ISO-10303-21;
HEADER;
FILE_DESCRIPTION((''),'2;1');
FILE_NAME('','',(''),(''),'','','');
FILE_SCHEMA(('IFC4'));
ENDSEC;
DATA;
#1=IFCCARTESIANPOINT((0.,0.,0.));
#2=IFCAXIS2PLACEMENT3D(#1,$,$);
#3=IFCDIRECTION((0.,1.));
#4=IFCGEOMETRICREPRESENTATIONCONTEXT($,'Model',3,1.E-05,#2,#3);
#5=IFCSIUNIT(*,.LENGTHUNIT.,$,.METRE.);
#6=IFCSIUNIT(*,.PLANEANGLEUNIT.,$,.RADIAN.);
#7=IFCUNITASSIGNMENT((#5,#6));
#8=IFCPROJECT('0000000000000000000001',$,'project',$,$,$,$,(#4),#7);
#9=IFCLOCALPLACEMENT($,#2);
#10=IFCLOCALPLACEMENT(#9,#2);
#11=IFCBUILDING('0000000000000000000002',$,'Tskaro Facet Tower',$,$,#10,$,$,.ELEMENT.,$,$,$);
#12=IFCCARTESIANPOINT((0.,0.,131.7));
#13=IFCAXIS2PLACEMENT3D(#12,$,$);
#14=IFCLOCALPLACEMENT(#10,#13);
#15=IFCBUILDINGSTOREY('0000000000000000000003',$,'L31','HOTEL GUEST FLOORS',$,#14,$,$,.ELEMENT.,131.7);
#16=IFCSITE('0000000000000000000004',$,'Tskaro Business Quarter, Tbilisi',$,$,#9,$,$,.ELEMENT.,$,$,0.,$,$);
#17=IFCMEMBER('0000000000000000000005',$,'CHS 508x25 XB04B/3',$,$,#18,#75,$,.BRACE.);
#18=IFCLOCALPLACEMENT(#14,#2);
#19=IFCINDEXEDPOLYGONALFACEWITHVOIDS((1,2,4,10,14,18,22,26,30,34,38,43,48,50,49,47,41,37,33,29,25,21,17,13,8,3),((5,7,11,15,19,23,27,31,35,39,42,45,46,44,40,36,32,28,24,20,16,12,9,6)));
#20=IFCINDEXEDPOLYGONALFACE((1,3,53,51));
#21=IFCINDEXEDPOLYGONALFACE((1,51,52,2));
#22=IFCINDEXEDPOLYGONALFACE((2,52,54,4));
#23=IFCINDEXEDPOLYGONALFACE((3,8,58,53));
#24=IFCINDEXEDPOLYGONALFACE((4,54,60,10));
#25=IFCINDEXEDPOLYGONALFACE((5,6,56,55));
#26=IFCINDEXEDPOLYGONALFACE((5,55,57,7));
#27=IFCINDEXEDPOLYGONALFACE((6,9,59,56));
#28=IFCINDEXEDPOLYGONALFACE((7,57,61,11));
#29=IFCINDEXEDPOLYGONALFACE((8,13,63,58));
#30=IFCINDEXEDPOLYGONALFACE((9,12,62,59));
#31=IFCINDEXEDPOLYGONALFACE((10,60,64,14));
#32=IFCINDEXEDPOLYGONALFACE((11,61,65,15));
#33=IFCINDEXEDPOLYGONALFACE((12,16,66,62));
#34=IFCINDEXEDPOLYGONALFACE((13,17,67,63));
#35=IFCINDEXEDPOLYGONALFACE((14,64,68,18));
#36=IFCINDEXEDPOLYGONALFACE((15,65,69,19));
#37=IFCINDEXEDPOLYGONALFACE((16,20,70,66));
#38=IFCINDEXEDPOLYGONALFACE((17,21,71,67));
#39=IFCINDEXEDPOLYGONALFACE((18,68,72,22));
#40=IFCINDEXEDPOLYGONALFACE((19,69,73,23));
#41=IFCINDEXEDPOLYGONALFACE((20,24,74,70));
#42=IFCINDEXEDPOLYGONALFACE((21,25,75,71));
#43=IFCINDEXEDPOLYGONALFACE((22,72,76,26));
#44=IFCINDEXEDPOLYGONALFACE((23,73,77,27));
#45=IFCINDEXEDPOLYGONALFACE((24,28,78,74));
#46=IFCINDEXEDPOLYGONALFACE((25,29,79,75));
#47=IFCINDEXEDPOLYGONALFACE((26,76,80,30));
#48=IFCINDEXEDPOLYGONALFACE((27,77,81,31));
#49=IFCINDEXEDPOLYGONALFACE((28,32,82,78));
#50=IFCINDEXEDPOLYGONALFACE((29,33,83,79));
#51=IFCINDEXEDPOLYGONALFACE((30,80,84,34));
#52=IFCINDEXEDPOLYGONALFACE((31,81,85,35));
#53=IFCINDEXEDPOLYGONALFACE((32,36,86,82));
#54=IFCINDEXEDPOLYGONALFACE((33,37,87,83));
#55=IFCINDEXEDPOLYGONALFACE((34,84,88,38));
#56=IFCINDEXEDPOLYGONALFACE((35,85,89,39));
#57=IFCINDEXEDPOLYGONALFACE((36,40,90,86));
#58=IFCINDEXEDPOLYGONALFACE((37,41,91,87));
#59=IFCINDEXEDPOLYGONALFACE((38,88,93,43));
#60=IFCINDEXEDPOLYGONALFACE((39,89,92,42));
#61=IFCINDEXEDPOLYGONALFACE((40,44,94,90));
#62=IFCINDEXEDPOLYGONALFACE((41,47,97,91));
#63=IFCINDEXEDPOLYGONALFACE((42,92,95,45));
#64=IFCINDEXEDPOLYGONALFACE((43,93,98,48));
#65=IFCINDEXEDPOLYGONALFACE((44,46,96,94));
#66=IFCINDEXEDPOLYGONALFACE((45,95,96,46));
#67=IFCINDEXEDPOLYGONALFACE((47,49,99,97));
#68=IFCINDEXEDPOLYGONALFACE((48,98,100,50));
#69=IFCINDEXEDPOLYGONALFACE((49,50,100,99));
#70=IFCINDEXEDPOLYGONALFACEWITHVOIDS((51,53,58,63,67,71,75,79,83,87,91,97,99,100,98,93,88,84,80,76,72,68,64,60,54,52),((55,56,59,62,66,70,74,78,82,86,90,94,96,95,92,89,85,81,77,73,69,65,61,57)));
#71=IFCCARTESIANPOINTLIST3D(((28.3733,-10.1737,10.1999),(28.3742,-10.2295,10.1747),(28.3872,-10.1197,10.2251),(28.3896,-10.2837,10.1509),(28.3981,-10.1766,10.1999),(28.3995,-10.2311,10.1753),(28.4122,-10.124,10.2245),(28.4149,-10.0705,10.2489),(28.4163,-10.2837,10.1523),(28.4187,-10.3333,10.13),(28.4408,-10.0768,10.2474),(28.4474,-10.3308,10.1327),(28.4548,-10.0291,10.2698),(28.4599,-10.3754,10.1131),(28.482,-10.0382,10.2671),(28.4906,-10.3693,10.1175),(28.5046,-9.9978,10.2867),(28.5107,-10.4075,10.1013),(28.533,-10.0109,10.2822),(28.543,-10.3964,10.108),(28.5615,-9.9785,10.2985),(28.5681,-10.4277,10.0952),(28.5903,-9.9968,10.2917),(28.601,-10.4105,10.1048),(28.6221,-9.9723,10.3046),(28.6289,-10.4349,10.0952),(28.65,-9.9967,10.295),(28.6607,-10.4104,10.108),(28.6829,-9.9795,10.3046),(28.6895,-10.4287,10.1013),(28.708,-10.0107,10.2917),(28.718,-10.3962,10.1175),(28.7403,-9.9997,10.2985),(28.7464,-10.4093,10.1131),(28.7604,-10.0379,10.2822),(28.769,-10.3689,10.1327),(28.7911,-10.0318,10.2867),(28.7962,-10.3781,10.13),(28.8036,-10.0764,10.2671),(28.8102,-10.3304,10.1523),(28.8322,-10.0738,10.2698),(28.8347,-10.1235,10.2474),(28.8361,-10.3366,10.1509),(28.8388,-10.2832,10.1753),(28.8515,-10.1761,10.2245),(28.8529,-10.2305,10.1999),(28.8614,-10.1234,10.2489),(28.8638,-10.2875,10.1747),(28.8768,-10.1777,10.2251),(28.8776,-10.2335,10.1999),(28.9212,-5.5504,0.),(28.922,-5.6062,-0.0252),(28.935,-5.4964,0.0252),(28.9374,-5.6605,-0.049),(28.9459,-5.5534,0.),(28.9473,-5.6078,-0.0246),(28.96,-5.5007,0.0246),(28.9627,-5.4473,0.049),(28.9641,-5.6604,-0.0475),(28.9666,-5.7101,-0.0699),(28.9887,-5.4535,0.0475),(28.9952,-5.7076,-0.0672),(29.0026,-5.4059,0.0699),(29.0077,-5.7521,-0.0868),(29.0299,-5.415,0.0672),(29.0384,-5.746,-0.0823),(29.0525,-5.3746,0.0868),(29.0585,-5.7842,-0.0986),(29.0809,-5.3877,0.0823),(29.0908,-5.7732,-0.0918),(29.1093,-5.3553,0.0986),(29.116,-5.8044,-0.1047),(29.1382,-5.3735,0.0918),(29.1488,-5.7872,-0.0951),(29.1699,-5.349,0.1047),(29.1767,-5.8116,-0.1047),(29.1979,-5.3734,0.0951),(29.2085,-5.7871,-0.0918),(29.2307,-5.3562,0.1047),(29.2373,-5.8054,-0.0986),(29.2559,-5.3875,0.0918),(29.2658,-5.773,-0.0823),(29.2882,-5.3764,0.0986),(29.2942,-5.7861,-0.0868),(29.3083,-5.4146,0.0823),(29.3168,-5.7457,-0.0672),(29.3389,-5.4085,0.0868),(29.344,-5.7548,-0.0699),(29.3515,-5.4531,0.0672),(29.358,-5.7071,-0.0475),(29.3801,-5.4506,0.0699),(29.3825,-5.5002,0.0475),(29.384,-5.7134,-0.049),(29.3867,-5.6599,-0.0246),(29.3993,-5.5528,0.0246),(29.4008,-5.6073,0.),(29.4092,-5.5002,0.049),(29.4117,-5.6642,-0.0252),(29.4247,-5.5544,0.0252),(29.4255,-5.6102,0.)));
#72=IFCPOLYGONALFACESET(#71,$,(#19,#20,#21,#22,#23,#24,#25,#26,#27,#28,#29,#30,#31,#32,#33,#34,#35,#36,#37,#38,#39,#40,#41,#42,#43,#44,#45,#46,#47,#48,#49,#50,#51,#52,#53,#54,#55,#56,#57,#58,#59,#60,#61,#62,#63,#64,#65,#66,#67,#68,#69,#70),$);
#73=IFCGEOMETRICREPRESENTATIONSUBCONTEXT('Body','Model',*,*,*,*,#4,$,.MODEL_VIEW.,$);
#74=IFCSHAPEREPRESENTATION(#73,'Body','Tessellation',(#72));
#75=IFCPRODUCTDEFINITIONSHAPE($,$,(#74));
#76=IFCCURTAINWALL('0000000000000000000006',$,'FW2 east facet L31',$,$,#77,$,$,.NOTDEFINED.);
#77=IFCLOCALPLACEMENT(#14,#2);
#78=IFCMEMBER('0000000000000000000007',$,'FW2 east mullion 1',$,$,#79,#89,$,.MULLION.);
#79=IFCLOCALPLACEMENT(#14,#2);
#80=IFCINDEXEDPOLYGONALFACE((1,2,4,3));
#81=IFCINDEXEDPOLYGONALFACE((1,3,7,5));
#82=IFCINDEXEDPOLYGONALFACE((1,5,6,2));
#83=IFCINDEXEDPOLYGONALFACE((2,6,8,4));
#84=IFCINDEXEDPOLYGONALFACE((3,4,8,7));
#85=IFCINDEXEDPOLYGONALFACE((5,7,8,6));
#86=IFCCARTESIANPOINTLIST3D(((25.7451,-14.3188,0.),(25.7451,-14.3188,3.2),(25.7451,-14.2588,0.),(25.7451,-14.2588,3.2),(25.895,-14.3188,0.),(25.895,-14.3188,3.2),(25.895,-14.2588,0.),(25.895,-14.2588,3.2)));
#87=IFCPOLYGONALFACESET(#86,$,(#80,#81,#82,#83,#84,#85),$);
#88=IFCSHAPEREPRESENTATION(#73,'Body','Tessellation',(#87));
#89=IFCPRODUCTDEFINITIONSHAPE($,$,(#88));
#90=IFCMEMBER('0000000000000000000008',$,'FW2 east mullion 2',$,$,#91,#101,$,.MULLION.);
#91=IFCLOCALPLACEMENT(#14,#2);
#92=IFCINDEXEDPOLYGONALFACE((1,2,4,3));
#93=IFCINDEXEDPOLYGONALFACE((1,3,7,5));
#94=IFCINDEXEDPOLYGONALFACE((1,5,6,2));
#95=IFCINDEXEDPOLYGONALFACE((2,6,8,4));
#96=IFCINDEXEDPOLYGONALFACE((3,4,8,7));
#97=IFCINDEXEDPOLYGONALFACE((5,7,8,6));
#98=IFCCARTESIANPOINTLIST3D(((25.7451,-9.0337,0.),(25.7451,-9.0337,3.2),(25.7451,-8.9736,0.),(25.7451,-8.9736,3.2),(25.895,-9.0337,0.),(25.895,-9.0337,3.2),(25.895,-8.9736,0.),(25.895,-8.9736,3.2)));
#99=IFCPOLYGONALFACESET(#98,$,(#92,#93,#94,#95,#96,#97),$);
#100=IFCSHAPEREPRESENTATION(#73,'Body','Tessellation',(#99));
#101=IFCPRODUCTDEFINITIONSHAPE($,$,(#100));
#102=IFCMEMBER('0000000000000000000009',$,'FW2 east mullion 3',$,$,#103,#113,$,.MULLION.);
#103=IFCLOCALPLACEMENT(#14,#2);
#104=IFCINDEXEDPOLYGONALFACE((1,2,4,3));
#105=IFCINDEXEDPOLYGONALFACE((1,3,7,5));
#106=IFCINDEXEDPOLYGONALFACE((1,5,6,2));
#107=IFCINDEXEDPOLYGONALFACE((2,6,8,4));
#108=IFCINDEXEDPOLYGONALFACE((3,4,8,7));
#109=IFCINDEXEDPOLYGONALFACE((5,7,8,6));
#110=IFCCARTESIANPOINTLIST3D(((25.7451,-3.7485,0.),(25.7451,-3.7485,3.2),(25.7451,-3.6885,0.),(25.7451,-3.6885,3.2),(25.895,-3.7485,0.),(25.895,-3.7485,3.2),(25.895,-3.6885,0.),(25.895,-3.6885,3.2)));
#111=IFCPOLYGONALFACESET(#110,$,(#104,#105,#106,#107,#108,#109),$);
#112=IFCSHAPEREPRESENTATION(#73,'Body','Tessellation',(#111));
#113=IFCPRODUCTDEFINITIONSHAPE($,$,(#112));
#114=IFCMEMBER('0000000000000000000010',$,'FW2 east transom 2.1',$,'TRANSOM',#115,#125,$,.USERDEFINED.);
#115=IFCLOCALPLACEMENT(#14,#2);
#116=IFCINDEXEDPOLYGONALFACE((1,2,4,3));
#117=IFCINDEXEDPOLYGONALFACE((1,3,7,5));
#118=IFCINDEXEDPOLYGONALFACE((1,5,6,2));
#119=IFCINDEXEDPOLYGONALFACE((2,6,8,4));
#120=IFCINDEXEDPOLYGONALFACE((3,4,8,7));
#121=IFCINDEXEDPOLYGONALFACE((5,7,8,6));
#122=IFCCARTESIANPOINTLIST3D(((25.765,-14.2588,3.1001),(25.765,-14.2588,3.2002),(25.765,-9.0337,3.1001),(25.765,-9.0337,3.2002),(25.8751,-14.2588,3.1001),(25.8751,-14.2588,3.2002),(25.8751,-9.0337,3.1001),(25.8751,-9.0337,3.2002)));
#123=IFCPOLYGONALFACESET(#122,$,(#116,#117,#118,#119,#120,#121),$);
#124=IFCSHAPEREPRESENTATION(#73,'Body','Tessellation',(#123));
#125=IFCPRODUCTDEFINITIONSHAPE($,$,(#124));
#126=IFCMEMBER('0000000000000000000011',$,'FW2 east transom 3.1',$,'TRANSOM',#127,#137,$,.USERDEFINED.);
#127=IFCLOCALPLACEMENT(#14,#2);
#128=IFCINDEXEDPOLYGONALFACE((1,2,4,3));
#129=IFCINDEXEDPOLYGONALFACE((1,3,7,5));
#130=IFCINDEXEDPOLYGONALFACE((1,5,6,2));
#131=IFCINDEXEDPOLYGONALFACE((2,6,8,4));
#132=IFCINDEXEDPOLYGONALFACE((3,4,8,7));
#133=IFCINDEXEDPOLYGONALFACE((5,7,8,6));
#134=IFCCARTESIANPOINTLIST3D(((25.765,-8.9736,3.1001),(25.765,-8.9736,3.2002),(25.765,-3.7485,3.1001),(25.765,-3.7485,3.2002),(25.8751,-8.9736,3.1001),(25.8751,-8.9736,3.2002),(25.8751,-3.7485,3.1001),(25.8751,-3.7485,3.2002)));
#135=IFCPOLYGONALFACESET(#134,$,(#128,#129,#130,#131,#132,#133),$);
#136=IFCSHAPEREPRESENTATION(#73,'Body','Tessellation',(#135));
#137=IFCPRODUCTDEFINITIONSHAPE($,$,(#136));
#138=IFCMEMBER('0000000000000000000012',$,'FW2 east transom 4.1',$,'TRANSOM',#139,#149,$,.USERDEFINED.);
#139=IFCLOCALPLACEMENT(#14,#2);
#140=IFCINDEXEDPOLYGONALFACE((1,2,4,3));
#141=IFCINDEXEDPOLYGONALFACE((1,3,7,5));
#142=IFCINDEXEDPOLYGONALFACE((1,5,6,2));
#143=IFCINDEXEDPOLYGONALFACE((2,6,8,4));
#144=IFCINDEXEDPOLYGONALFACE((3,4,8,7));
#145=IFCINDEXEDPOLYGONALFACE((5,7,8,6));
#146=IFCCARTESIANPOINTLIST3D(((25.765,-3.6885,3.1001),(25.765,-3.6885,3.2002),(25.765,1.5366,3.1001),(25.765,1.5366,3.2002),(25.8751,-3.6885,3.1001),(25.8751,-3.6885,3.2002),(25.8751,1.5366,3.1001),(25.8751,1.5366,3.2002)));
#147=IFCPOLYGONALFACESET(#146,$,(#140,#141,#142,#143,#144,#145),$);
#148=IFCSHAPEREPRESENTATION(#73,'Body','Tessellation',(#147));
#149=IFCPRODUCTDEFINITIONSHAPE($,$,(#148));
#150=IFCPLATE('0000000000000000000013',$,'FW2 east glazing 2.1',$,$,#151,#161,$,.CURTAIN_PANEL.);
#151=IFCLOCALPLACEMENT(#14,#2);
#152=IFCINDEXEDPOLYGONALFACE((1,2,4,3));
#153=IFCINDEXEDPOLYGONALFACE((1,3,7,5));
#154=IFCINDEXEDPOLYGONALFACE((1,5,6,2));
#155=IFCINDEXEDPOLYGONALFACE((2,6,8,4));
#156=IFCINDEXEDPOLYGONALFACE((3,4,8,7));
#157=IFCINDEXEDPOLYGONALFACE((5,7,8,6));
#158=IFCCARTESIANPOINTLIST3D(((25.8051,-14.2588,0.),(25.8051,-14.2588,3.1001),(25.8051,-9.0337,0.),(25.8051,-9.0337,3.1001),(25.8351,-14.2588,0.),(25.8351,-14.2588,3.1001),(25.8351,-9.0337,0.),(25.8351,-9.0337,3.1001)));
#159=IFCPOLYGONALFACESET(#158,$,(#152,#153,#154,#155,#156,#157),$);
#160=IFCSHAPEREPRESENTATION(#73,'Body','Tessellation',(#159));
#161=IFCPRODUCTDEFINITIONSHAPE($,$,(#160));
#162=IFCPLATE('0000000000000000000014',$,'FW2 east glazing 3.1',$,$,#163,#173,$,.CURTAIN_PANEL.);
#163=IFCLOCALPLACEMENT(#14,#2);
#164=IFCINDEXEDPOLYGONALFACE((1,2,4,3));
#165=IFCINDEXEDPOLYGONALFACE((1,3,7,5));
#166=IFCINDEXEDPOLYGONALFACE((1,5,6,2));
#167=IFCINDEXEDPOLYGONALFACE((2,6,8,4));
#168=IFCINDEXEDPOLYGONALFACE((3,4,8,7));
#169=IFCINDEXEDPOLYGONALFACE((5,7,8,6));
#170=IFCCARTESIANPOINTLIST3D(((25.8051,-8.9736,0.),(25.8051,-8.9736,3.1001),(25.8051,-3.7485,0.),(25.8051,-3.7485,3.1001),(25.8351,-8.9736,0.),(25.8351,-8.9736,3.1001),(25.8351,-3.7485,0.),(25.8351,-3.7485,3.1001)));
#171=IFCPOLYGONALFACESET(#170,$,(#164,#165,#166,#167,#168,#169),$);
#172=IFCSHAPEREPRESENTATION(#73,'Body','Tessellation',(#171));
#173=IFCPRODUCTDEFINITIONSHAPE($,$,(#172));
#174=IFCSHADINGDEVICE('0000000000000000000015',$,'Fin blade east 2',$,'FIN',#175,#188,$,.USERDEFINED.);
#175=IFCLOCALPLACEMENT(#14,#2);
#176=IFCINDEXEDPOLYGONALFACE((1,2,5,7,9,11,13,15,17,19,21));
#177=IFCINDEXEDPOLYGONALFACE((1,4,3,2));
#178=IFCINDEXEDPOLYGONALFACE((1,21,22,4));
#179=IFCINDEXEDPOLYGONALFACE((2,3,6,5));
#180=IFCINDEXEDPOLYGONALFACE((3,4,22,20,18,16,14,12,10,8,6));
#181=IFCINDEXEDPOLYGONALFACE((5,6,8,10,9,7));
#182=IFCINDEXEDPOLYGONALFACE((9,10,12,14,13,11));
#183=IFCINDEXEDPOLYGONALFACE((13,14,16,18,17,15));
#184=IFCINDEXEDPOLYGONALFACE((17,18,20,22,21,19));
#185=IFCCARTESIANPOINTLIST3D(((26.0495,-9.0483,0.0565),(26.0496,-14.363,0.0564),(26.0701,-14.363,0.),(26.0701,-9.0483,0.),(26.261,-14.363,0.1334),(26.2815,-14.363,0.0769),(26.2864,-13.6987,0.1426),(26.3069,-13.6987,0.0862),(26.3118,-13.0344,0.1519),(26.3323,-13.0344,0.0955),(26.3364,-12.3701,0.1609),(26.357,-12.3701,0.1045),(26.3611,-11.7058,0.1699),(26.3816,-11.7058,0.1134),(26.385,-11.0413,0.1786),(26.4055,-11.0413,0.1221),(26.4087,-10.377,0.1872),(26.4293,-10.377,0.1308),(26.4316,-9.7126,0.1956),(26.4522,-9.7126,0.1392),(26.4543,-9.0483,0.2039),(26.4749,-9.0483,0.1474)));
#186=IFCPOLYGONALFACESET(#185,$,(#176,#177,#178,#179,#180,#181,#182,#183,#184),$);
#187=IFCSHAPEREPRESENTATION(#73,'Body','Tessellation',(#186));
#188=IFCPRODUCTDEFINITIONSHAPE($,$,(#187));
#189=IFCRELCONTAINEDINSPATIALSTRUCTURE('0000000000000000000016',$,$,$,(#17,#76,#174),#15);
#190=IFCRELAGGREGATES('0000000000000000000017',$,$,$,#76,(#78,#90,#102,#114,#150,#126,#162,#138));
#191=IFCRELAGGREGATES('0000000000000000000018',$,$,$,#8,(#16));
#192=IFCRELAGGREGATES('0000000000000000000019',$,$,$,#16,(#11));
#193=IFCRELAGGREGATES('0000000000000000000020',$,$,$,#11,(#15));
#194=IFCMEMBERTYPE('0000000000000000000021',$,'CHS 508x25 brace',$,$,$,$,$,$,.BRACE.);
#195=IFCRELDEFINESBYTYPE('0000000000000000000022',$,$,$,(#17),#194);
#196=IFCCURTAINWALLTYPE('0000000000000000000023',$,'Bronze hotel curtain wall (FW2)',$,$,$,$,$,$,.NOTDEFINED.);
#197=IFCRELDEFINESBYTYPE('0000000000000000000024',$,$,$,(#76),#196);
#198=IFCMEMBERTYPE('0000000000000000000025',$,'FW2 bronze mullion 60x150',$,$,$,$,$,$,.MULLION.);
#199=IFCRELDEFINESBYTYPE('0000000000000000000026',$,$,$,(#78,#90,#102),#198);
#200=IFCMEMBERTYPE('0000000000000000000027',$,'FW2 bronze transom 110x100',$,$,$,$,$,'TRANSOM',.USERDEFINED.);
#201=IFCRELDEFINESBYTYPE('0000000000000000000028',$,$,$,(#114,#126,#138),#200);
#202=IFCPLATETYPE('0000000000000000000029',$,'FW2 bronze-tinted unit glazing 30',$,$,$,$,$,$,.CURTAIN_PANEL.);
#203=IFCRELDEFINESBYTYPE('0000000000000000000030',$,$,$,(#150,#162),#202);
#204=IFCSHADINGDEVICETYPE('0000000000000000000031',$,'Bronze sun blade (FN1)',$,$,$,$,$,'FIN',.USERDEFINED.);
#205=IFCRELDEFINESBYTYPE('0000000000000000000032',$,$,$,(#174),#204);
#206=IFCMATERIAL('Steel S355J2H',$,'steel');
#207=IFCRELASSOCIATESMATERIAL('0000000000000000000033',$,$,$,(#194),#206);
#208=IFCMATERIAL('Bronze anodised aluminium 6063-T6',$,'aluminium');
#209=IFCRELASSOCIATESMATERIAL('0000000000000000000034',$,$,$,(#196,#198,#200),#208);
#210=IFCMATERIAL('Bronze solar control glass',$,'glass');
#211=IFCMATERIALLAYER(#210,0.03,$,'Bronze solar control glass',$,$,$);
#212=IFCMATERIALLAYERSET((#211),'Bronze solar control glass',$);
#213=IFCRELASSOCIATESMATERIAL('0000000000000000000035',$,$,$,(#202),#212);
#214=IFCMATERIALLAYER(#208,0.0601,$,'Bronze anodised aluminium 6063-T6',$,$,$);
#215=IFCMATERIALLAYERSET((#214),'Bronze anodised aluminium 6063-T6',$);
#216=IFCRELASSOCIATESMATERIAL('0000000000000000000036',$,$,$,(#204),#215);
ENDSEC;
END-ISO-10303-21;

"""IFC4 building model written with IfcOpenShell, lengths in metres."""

from ifc_helpers import new_model, si_unit, direction, frame, origin, origin_2d, place, context, subcontext, project, spatial, polyline, rectangle, hollow_circle, outline, extrude, material, layer, layer_set, material_profile, profile_set, type_object, element, aggregate, save


model = new_model("IFC4")

# Units and contexts
model_context = context("Model", 3, precision=1e-05, world=origin(), true_north=direction((0.0, 1.0)))
body_context = subcontext(model_context, "Body", "Model", "MODEL_VIEW")
ifc_project = project(units=[si_unit("LENGTHUNIT", "METRE"), si_unit("PLANEANGLEUNIT", "RADIAN")], contexts=[model_context])

# Site, building, storey
site_placement = place(None, origin())
site = spatial("IfcSite", under=ifc_project, at=site_placement, Name="Tskaro Business Quarter, Tbilisi", CompositionType="ELEMENT", RefElevation=0.0)
building_placement = place(site_placement, origin())
building = spatial("IfcBuilding", under=site, at=building_placement, Name="Tskaro Facet Tower", CompositionType="ELEMENT")
storey_placement = place(building_placement, frame((0.0, 0.0, 131.7)))
storey = spatial("IfcBuildingStorey", under=building, at=storey_placement, Name="L31", Description="HOTEL GUEST FLOORS", CompositionType="ELEMENT", Elevation=131.7)

# Member
ifc_material_1 = material(Name="Steel S355J2H", Category="steel")
ifc_material_profile_1 = material_profile(ifc_material_1, hollow_circle(Radius=0.2539, WallThickness=0.0249, at=origin_2d()), Name="CHS 508x25")
ifc_profile_set_1 = profile_set([ifc_material_profile_1], Name="Steel S355J2H")
member_type_1 = type_object("IfcMemberType", Name="CHS 508x25 brace", PredefinedType="BRACE", material=ifc_profile_set_1)
member_1_placement = place(storey_placement, frame((29.1733, -5.5803, 0.0), z_axis=(-0.048862, -0.412344, 0.909717), x_axis=(0.993052, -0.117675, 0.0)))
element("IfcMember", 1, at=member_1_placement, inside=storey, type_object=member_type_1, Name="CHS 508x25 XB04B/3", PredefinedType="BRACE", context=body_context, shape_type="SweptSolid", body=[
    extrude(hollow_circle(Radius=0.2539, WallThickness=0.0249, at=origin_2d()), origin(), (0.0, 0.0, 1.0), 11.2122),
])

# Curtain wall, members, plates
ifc_material_2 = material(Name="Bronze anodised aluminium 6063-T6", Category="aluminium")
curtain_wall_type = type_object("IfcCurtainWallType", Name="Bronze hotel curtain wall (FW2)", PredefinedType="NOTDEFINED", material=ifc_material_2)
curtain_wall_placement = place(storey_placement, origin())
curtain_wall = element("IfcCurtainWall", 2, at=curtain_wall_placement, inside=storey, type_object=curtain_wall_type, Name="FW2 east facet L31", PredefinedType="NOTDEFINED")
ifc_material_profile_2 = material_profile(ifc_material_2, rectangle(XDim=0.0601, YDim=0.1499, at=origin_2d()), Name="Mullion 60x150")
ifc_profile_set_2 = profile_set([ifc_material_profile_2], Name="Bronze anodised aluminium 6063-T6")
member_type_2 = type_object("IfcMemberType", Name="FW2 bronze mullion 60x150", PredefinedType="MULLION", material=ifc_profile_set_2)
member_2_placement = place(storey_placement, frame((25.8201, -14.2888, 0.0), z_axis=(0.0, 0.0, 1.0), x_axis=(0.0, 1.0, 0.0)))
member_2 = element("IfcMember", 3, at=member_2_placement, type_object=member_type_2, Name="FW2 east mullion 1", PredefinedType="MULLION", context=body_context, shape_type="SweptSolid", body=[
    extrude(rectangle(XDim=0.0601, YDim=0.1499, at=origin_2d()), origin(), (0.0, 0.0, 1.0), 3.2),
])
member_3_placement = place(storey_placement, frame((25.8201, -9.0037, 0.0), z_axis=(0.0, 0.0, 1.0), x_axis=(0.0, 1.0, 0.0)))
member_3 = element("IfcMember", 4, at=member_3_placement, type_object=member_type_2, Name="FW2 east mullion 2", PredefinedType="MULLION", context=body_context, shape_type="SweptSolid", body=[
    extrude(rectangle(XDim=0.0601, YDim=0.1499, at=origin_2d()), origin(), (0.0, 0.0, 1.0), 3.2),
])
member_4_placement = place(storey_placement, frame((25.8201, -3.7185, 0.0), z_axis=(0.0, 0.0, 1.0), x_axis=(0.0, 1.0, 0.0)))
member_4 = element("IfcMember", 5, at=member_4_placement, type_object=member_type_2, Name="FW2 east mullion 3", PredefinedType="MULLION", context=body_context, shape_type="SweptSolid", body=[
    extrude(rectangle(XDim=0.0601, YDim=0.1499, at=origin_2d()), origin(), (0.0, 0.0, 1.0), 3.2),
])
ifc_material_profile_3 = material_profile(ifc_material_2, rectangle(XDim=0.1101, YDim=0.1001, at=origin_2d()), Name="Transom 110x100")
ifc_profile_set_3 = profile_set([ifc_material_profile_3], Name="Bronze anodised aluminium 6063-T6")
member_type_3 = type_object("IfcMemberType", Name="FW2 bronze transom 110x100", ElementType="TRANSOM", PredefinedType="USERDEFINED", material=ifc_profile_set_3)
member_5_placement = place(storey_placement, frame((25.8201, -14.2588, 3.1501), z_axis=(0.0, 1.0, 0.0), x_axis=(-1.0, 0.0, 0.0)))
member_5 = element("IfcMember", 6, at=member_5_placement, type_object=member_type_3, Name="FW2 east transom 2.1", ObjectType="TRANSOM", PredefinedType="USERDEFINED", context=body_context, shape_type="SweptSolid", body=[
    extrude(rectangle(XDim=0.1101, YDim=0.1001, at=origin_2d()), origin(), (0.0, 0.0, 1.0), 5.2251),
])
member_6_placement = place(storey_placement, frame((25.8201, -8.9736, 3.1501), z_axis=(0.0, 1.0, 0.0), x_axis=(-1.0, 0.0, 0.0)))
member_6 = element("IfcMember", 7, at=member_6_placement, type_object=member_type_3, Name="FW2 east transom 3.1", ObjectType="TRANSOM", PredefinedType="USERDEFINED", context=body_context, shape_type="SweptSolid", body=[
    extrude(rectangle(XDim=0.1101, YDim=0.1001, at=origin_2d()), origin(), (0.0, 0.0, 1.0), 5.2251),
])
member_7_placement = place(storey_placement, frame((25.8201, -3.6885, 3.1501), z_axis=(0.0, 1.0, 0.0), x_axis=(-1.0, 0.0, 0.0)))
member_7 = element("IfcMember", 8, at=member_7_placement, type_object=member_type_3, Name="FW2 east transom 4.1", ObjectType="TRANSOM", PredefinedType="USERDEFINED", context=body_context, shape_type="SweptSolid", body=[
    extrude(rectangle(XDim=0.1101, YDim=0.1001, at=origin_2d()), origin(), (0.0, 0.0, 1.0), 5.2251),
])
ifc_material_3 = material(Name="Bronze solar control glass", Category="glass")
ifc_layer_1 = layer(ifc_material_3, 0.03, Name="Bronze solar control glass")
ifc_layer_set_1 = layer_set([ifc_layer_1], Name="Bronze solar control glass")
plate_type = type_object("IfcPlateType", Name="FW2 bronze-tinted unit glazing 30", PredefinedType="CURTAIN_PANEL", material=ifc_layer_set_1)
plate_1_placement = place(storey_placement, frame((25.8201, -11.6462, 0.0), z_axis=(0.0, 0.0, 1.0), x_axis=(0.0, 1.0, 0.0)))
plate_1 = element("IfcPlate", 9, at=plate_1_placement, type_object=plate_type, Name="FW2 east glazing 2.1", PredefinedType="CURTAIN_PANEL", context=body_context, shape_type="SweptSolid", body=[
    extrude(rectangle(XDim=5.2251, YDim=0.03, at=origin_2d()), origin(), (0.0, 0.0, 1.0), 3.1001),
])
plate_2_placement = place(storey_placement, frame((25.8201, -6.3611, 0.0), z_axis=(0.0, 0.0, 1.0), x_axis=(0.0, 1.0, 0.0)))
plate_2 = element("IfcPlate", 10, at=plate_2_placement, type_object=plate_type, Name="FW2 east glazing 3.1", PredefinedType="CURTAIN_PANEL", context=body_context, shape_type="SweptSolid", body=[
    extrude(rectangle(XDim=5.2251, YDim=0.03, at=origin_2d()), origin(), (0.0, 0.0, 1.0), 3.1001),
])
aggregate(curtain_wall, [member_2, member_3, member_4, member_5, plate_1, member_6, plate_2, member_7])

# Shading device
ifc_layer_2 = layer(ifc_material_2, 0.0601, Name="Bronze anodised aluminium 6063-T6")
ifc_layer_set_2 = layer_set([ifc_layer_2], Name="Bronze anodised aluminium 6063-T6")
shading_device_type = type_object("IfcShadingDeviceType", Name="Bronze sun blade (FN1)", ElementType="FIN", PredefinedType="USERDEFINED", material=ifc_layer_set_2)
shading_device_1_placement = place(storey_placement, frame((26.0496, -14.363, 0.0564), z_axis=(-0.342185, -0.000011, 0.939633), x_axis=(-0.000004, 1.0, 0.000011)))
element("IfcShadingDevice", 11, at=shading_device_1_placement, inside=storey, type_object=shading_device_type, Name="Fin blade east 2", ObjectType="FIN", PredefinedType="USERDEFINED", context=body_context, shape_type="SweptSolid", body=[
    extrude(outline(polyline([(0.0, 0.0), (5.3147, 0.0), (5.3147, -0.4308), (4.6504, -0.4066), (3.9861, -0.3822), (3.3218, -0.357), (2.6572, -0.3316), (1.9929, -0.3053), (1.3286, -0.279), (0.6643, -0.252), (0.0, -0.225), (0.0, 0.0)])), origin(), (0.0, 0.0, -1.0), 0.0601),
])

save(model, "model.ifc")
